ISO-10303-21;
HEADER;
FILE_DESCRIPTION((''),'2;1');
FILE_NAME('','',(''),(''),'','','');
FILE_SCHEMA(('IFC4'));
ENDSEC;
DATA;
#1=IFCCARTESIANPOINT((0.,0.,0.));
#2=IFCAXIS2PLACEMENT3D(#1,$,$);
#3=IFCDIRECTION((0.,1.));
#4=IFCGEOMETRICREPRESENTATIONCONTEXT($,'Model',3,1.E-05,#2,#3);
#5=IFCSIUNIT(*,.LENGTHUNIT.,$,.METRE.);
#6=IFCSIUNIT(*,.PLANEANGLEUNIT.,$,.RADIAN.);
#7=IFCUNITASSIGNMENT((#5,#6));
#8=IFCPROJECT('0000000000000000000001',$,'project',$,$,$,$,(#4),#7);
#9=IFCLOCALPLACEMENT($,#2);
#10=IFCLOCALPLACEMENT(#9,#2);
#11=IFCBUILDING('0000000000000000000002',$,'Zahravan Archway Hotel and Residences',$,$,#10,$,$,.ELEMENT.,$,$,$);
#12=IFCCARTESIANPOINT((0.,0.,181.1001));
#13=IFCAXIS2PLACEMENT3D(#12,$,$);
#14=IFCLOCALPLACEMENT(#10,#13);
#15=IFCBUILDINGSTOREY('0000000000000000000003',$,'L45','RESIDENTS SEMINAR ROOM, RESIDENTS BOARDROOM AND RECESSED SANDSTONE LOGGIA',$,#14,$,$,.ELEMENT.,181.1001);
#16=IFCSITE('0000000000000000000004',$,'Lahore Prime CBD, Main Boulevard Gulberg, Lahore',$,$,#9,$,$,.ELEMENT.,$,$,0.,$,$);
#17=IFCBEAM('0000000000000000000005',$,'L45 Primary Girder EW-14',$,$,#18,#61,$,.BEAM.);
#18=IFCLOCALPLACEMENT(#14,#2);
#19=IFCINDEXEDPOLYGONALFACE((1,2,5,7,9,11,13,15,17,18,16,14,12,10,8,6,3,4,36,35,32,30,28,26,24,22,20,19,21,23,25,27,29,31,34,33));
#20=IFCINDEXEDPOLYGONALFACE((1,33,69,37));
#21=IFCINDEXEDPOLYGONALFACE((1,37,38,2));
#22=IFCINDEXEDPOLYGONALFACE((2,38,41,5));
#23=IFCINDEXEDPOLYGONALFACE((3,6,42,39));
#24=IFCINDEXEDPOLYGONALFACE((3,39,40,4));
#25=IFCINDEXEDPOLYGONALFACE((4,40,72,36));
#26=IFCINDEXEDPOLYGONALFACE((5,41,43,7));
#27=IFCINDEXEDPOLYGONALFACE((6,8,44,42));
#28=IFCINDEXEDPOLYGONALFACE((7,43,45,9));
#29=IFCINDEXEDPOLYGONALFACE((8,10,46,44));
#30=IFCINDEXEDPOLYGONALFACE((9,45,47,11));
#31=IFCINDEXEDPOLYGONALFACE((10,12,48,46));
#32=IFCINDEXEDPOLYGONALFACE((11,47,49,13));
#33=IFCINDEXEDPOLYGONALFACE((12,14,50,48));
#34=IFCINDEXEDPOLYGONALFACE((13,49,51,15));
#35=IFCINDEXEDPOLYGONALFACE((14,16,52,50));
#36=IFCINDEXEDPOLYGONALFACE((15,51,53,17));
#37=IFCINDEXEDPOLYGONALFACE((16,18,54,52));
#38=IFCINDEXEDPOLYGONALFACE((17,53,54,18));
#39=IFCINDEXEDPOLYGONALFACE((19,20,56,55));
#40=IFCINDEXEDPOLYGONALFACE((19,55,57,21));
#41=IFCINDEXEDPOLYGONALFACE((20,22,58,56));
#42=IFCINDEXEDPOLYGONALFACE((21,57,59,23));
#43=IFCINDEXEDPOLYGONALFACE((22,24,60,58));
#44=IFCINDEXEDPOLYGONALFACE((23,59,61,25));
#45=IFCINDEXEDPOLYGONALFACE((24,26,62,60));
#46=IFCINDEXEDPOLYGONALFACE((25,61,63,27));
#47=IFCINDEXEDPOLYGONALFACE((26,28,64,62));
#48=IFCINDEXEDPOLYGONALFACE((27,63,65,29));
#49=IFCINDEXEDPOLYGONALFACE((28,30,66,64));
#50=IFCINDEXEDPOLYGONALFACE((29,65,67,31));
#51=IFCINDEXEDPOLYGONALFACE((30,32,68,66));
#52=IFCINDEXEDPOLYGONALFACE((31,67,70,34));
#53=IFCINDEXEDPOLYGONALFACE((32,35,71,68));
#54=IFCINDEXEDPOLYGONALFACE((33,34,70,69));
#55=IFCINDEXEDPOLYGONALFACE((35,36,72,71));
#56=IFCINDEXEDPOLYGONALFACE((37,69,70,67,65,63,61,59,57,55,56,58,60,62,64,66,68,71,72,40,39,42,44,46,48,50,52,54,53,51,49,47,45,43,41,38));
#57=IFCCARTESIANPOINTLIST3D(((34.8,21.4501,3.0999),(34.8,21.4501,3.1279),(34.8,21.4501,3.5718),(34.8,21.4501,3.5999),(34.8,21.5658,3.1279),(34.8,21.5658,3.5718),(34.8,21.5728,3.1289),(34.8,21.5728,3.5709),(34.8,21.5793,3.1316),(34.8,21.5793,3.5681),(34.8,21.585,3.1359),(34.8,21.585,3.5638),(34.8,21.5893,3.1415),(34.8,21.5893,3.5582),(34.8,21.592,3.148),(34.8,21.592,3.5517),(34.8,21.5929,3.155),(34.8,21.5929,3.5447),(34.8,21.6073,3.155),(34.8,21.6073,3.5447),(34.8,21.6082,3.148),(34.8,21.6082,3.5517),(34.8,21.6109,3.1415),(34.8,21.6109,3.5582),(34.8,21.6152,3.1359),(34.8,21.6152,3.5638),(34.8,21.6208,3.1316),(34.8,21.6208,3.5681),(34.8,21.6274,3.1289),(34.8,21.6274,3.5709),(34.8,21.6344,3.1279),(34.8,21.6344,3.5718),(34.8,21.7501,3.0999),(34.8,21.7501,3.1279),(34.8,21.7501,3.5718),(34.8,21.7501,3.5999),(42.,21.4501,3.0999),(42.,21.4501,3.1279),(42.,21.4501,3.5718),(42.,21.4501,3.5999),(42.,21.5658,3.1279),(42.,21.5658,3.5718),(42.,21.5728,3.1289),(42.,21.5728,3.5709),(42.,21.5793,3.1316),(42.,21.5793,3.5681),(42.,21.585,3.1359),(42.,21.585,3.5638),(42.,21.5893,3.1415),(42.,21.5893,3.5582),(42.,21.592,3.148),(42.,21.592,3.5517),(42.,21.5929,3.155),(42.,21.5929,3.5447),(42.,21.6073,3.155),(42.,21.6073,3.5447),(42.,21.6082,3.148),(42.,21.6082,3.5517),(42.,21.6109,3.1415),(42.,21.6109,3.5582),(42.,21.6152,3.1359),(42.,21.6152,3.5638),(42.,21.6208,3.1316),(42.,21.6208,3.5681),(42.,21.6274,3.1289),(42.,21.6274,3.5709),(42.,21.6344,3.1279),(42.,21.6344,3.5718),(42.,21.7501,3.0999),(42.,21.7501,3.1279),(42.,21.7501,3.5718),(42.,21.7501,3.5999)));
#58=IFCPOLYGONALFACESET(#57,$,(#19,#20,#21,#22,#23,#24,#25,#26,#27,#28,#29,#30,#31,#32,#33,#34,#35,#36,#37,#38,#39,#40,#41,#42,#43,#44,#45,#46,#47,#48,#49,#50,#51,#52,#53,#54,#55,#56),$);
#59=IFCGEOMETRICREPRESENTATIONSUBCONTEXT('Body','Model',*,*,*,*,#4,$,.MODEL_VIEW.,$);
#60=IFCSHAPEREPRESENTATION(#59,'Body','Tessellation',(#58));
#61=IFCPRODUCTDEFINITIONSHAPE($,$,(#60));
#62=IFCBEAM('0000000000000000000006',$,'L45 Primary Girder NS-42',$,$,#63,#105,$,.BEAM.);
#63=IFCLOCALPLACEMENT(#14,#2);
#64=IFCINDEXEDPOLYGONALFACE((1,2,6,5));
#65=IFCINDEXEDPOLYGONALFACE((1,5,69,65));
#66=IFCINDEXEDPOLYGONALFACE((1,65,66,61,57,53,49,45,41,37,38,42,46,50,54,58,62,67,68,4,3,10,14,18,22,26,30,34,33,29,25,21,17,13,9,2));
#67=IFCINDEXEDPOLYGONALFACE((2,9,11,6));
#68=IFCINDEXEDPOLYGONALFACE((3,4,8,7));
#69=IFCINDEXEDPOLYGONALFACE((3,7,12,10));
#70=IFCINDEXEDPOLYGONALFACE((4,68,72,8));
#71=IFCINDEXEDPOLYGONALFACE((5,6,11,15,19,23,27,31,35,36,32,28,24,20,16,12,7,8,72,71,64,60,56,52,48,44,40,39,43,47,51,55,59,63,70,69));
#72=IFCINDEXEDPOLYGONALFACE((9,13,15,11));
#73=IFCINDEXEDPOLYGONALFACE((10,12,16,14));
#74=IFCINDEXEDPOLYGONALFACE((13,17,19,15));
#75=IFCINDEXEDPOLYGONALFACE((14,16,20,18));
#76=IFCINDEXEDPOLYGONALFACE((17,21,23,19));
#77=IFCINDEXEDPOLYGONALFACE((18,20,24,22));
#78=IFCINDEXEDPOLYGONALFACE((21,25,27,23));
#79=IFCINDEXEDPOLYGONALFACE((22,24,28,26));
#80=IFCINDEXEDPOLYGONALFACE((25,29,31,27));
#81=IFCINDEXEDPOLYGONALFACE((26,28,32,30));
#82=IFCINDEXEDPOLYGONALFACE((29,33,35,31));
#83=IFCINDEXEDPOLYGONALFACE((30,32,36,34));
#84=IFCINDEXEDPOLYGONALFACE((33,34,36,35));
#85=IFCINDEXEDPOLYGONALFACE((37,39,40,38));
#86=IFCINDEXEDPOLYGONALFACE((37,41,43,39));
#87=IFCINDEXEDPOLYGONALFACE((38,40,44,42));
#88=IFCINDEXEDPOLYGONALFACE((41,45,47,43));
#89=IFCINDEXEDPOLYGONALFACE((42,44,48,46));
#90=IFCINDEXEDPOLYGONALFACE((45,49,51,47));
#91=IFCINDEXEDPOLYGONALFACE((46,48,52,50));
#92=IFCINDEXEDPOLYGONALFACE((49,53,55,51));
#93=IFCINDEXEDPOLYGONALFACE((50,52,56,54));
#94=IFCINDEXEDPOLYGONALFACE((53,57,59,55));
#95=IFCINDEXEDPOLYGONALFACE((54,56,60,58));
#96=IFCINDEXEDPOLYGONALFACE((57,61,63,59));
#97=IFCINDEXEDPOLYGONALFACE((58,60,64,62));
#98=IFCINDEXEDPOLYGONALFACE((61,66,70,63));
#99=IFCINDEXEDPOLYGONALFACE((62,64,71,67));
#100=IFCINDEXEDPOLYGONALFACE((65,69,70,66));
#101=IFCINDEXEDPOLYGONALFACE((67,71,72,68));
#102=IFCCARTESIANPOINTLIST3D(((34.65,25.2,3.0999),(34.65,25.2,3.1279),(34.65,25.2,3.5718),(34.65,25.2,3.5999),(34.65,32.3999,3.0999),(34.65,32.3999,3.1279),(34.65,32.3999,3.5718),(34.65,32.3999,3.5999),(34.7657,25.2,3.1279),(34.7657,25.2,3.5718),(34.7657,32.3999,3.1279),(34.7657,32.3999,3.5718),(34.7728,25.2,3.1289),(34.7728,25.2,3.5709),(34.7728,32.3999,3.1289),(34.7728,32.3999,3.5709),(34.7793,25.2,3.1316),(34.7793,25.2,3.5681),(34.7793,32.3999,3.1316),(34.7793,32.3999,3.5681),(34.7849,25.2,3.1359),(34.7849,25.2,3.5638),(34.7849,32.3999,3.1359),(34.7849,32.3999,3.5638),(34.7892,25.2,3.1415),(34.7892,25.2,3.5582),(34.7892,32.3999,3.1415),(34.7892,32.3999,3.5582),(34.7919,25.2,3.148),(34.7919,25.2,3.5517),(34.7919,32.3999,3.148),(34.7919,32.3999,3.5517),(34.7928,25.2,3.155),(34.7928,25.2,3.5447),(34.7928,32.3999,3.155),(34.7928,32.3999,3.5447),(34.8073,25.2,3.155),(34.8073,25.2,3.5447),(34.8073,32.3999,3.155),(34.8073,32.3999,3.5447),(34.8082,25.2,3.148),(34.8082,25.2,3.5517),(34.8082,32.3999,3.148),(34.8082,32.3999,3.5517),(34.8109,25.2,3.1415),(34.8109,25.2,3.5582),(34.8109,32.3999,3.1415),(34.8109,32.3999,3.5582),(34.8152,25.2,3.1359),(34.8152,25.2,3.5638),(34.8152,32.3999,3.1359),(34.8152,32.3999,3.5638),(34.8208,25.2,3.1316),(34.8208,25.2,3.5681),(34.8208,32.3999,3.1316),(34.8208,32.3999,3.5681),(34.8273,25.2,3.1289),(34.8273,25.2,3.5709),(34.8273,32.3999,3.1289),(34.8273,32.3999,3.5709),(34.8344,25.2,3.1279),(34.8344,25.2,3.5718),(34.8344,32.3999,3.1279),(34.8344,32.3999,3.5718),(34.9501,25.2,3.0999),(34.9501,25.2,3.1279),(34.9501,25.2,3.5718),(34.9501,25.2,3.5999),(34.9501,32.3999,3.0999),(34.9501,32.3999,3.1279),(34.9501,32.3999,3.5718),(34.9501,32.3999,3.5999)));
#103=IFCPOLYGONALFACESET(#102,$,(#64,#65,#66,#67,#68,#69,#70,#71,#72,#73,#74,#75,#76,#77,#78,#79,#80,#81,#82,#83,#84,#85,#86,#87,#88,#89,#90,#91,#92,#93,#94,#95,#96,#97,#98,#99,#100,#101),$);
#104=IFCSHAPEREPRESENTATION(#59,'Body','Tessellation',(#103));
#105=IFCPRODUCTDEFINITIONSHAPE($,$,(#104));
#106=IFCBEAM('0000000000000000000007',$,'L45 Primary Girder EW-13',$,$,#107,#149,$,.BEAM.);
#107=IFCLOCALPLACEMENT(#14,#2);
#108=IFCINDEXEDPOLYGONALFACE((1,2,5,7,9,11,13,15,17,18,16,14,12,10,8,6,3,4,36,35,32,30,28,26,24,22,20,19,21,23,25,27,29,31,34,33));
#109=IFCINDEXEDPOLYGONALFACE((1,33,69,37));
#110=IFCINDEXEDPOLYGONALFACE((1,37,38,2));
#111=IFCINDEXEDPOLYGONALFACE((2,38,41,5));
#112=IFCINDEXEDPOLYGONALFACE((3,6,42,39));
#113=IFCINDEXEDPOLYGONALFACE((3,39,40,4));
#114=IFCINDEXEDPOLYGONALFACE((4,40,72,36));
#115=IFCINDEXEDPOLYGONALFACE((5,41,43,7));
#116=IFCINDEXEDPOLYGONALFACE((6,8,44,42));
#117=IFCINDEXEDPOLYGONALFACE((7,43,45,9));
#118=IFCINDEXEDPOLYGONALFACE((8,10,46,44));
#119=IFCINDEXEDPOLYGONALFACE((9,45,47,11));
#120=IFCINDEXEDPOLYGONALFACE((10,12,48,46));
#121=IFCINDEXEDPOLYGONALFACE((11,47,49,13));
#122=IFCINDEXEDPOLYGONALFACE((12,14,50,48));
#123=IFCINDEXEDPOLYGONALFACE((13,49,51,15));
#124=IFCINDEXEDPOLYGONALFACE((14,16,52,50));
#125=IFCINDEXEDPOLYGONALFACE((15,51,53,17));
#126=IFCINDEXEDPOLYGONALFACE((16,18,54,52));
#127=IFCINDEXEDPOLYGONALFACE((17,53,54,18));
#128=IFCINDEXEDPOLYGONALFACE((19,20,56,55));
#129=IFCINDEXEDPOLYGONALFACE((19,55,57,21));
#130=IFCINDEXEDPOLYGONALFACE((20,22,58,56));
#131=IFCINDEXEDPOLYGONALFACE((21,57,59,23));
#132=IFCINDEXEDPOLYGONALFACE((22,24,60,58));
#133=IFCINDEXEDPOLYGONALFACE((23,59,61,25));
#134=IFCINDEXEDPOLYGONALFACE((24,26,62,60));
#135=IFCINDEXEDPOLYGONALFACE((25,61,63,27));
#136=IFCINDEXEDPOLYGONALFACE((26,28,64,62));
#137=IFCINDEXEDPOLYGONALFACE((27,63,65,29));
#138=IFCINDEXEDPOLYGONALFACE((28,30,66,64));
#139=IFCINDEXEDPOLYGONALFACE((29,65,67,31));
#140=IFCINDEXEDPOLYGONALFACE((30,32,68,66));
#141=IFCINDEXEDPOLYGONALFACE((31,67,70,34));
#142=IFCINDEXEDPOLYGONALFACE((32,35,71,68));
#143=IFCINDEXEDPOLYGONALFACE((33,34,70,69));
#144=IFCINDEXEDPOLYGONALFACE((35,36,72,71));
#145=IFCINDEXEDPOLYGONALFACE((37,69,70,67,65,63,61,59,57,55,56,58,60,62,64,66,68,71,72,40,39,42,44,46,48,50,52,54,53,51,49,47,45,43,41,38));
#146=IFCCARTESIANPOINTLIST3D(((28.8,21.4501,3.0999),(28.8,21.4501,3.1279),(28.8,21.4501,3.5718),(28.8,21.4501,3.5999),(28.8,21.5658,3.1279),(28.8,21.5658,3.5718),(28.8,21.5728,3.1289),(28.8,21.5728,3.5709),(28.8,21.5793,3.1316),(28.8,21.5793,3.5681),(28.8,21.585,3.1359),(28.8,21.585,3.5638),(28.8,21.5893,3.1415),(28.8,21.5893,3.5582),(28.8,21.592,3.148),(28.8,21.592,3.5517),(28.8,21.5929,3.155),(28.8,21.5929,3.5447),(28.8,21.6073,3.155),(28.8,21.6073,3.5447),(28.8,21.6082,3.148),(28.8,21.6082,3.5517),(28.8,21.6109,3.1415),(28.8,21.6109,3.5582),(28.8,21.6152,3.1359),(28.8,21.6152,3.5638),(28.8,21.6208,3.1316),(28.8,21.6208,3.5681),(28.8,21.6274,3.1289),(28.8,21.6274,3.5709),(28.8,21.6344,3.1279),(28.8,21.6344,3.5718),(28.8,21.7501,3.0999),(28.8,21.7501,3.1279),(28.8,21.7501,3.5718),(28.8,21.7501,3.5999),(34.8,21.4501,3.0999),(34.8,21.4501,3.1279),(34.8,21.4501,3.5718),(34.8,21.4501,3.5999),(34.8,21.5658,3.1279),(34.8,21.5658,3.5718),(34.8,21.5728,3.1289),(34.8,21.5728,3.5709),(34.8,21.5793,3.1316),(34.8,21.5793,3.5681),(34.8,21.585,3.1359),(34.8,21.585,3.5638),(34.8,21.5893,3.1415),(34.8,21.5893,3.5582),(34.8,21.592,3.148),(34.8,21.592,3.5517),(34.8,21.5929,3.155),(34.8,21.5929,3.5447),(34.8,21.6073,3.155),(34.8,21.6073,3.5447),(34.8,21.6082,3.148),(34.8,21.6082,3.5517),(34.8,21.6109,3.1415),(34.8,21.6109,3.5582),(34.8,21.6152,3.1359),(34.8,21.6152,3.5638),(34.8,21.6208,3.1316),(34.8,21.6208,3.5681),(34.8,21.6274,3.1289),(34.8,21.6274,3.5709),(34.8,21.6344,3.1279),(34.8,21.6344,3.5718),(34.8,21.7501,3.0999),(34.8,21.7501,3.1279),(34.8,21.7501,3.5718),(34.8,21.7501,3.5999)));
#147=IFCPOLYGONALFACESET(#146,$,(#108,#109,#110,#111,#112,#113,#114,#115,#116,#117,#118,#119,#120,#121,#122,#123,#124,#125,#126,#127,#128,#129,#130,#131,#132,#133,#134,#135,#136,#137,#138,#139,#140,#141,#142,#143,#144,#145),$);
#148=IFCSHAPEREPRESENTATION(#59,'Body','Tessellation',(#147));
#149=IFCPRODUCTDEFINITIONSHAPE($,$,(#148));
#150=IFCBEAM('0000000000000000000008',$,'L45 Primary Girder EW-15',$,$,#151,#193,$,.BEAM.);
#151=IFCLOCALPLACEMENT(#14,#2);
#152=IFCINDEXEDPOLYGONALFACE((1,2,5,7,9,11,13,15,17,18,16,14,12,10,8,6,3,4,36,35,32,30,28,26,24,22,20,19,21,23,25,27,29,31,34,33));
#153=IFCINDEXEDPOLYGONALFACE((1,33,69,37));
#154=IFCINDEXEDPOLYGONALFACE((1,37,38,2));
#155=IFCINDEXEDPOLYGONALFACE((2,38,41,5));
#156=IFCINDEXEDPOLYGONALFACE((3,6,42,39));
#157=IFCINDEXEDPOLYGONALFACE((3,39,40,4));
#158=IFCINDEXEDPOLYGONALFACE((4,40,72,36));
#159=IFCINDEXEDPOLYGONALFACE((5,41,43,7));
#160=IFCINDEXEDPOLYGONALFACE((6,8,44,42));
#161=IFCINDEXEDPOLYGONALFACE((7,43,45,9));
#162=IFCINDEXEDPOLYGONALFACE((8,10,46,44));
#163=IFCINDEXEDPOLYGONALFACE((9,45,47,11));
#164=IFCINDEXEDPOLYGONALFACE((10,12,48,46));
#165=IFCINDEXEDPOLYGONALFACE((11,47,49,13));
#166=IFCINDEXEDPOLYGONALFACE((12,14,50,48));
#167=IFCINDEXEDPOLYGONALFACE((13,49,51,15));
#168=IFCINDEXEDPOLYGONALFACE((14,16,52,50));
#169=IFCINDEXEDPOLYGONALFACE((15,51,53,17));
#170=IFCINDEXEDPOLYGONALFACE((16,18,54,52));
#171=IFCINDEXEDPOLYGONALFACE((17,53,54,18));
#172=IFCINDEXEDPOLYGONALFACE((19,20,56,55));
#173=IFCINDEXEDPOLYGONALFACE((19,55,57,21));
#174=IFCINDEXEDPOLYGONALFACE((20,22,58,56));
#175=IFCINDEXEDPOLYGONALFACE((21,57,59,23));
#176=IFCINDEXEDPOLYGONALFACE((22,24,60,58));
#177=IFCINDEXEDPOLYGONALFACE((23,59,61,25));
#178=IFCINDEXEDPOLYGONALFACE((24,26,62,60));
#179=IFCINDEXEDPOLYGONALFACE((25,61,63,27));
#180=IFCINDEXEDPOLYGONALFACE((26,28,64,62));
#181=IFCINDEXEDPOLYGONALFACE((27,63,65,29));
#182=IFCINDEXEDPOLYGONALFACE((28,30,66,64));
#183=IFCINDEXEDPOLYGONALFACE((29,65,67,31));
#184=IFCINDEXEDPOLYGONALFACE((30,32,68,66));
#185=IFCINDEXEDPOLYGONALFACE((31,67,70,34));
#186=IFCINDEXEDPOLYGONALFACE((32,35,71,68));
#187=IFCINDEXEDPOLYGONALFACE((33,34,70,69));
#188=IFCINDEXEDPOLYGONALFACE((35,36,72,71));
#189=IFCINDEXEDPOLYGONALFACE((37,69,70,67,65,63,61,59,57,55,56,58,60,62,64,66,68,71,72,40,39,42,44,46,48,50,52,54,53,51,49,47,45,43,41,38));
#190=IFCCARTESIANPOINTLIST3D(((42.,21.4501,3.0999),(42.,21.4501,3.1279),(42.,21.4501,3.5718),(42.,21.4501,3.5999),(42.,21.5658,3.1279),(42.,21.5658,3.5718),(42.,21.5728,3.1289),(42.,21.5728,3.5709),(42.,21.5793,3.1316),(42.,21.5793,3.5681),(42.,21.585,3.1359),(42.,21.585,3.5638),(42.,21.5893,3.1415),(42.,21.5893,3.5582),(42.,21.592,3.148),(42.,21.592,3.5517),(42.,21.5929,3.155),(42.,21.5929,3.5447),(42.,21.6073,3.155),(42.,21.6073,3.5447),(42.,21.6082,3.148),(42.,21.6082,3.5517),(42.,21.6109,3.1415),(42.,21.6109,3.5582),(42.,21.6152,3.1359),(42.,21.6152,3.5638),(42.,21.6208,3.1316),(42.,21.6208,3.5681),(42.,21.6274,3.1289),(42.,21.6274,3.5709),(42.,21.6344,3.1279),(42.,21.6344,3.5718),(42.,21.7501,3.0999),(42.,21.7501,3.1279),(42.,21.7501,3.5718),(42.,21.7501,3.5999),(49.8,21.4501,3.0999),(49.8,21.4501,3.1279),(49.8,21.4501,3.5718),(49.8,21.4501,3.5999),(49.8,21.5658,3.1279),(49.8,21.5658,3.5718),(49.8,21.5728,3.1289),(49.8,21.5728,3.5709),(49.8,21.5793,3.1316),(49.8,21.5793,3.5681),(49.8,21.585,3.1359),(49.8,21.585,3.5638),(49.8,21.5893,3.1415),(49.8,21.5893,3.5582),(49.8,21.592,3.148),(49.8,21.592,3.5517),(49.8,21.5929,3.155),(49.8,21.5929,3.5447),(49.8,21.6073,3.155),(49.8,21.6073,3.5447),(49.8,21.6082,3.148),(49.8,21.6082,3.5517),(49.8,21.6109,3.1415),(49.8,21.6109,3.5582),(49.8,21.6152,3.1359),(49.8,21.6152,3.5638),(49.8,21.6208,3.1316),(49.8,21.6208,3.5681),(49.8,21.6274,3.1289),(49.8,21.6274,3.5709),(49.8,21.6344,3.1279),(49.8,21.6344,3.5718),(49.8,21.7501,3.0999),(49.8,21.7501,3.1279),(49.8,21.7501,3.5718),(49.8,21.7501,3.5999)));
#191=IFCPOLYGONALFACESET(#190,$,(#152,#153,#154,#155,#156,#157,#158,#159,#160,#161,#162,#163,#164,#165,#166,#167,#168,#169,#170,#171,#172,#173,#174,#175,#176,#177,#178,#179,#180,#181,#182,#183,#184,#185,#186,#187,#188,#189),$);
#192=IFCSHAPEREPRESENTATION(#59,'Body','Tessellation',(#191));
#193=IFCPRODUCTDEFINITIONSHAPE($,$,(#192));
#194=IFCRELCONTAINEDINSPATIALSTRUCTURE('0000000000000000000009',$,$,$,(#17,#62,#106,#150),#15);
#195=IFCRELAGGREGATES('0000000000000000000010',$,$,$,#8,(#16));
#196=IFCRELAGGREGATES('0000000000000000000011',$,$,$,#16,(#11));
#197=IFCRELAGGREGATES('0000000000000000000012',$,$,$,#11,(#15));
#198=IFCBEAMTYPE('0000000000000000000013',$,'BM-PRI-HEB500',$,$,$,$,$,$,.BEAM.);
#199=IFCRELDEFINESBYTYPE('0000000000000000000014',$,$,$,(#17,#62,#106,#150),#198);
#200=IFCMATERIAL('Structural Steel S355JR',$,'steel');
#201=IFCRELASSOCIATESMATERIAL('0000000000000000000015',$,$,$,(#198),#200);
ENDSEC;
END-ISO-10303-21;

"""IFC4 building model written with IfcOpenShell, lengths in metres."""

from ifc_helpers import new_model, si_unit, direction, frame, origin, origin_2d, place, context, subcontext, project, spatial, i_section, extrude, source, transform, mapped, material, material_profile, profile_set, type_object, element, save


model = new_model("IFC4")

# Units and contexts
model_context = context("Model", 3, precision=1e-05, world=origin(), true_north=direction((0.0, 1.0)))
body_context = subcontext(model_context, "Body", "Model", "MODEL_VIEW")
ifc_project = project(units=[si_unit("LENGTHUNIT", "METRE"), si_unit("PLANEANGLEUNIT", "RADIAN")], contexts=[model_context])

# Site, building, storey
site_placement = place(None, origin())
site = spatial("IfcSite", under=ifc_project, at=site_placement, Name="Lahore Prime CBD, Main Boulevard Gulberg, Lahore", CompositionType="ELEMENT", RefElevation=0.0)
building_placement = place(site_placement, origin())
building = spatial("IfcBuilding", under=site, at=building_placement, Name="Zahravan Archway Hotel and Residences", CompositionType="ELEMENT")
storey_placement = place(building_placement, frame((0.0, 0.0, 181.1001)))
storey = spatial("IfcBuildingStorey", under=building, at=storey_placement, Name="L45", Description="RESIDENTS SEMINAR ROOM, RESIDENTS BOARDROOM AND RECESSED SANDSTONE LOGGIA", CompositionType="ELEMENT", Elevation=181.1001)

# Beams
ifc_material_1 = material(Name="Structural Steel S355JR", Category="steel")
ifc_material_profile_1 = material_profile(ifc_material_1, i_section(OverallWidth=0.3, OverallDepth=0.5, WebThickness=0.0144, FlangeThickness=0.0281, FilletRadius=0.0271, at=origin_2d()), Name="HEB 500", Category="steel")
ifc_profile_set_1 = profile_set([ifc_material_profile_1], Name="Structural Steel S355JR")
beam_type_1 = type_object("IfcBeamType", Name="BM-PRI-HEB500", PredefinedType="BEAM", material=ifc_profile_set_1)
shared_shape_1 = source(origin(), body_context, "Body", "SweptSolid", [
    extrude(i_section(OverallWidth=0.3, OverallDepth=0.5, WebThickness=0.0144, FlangeThickness=0.0281, FilletRadius=0.0271, at=origin_2d()), origin(), (0.0, 0.0, 1.0), 7.2),
])
for number, where, z_axis, x_axis, name in (
    (1, (34.8, 21.6001, 3.3499), (1.0, 0.0, 0.0), (0.0, 1.0, 0.0), "L45 Primary Girder EW-14"),
    (2, (34.8, 25.2, 3.3499), (0.0, 1.0, 0.0), (-1.0, 0.0, 0.0), "L45 Primary Girder NS-42"),
):
    element("IfcBeam", number, at=place(storey_placement, frame(where, z_axis=z_axis, x_axis=x_axis)), inside=storey, type_object=beam_type_1, Name=name, PredefinedType="BEAM", context=body_context, shape_type="MappedRepresentation", body=[
        mapped(shared_shape_1, transform((0.0, 0.0, 0.0), scale=1.0)),
    ])
shared_shape_2 = source(origin(), body_context, "Body", "SweptSolid", [
    extrude(i_section(OverallWidth=0.3, OverallDepth=0.5, WebThickness=0.0144, FlangeThickness=0.0281, FilletRadius=0.0271, at=origin_2d()), origin(), (0.0, 0.0, 1.0), 6.0),
])
beam_1_placement = place(storey_placement, frame((28.8, 21.6001, 3.3499), z_axis=(1.0, 0.0, 0.0), x_axis=(0.0, 1.0, 0.0)))
element("IfcBeam", 3, at=beam_1_placement, inside=storey, type_object=beam_type_1, Name="L45 Primary Girder EW-13", PredefinedType="BEAM", context=body_context, shape_type="MappedRepresentation", body=[
    mapped(shared_shape_2, transform((0.0, 0.0, 0.0), scale=1.0)),
])
shared_shape_3 = source(origin(), body_context, "Body", "SweptSolid", [
    extrude(i_section(OverallWidth=0.3, OverallDepth=0.5, WebThickness=0.0144, FlangeThickness=0.0281, FilletRadius=0.0271, at=origin_2d()), origin(), (0.0, 0.0, 1.0), 7.8),
])
beam_2_placement = place(storey_placement, frame((42.0, 21.6001, 3.3499), z_axis=(1.0, 0.0, 0.0), x_axis=(0.0, 1.0, 0.0)))
element("IfcBeam", 4, at=beam_2_placement, inside=storey, type_object=beam_type_1, Name="L45 Primary Girder EW-15", PredefinedType="BEAM", context=body_context, shape_type="MappedRepresentation", body=[
    mapped(shared_shape_3, transform((0.0, 0.0, 0.0), scale=1.0)),
])

save(model, "model.ifc")
